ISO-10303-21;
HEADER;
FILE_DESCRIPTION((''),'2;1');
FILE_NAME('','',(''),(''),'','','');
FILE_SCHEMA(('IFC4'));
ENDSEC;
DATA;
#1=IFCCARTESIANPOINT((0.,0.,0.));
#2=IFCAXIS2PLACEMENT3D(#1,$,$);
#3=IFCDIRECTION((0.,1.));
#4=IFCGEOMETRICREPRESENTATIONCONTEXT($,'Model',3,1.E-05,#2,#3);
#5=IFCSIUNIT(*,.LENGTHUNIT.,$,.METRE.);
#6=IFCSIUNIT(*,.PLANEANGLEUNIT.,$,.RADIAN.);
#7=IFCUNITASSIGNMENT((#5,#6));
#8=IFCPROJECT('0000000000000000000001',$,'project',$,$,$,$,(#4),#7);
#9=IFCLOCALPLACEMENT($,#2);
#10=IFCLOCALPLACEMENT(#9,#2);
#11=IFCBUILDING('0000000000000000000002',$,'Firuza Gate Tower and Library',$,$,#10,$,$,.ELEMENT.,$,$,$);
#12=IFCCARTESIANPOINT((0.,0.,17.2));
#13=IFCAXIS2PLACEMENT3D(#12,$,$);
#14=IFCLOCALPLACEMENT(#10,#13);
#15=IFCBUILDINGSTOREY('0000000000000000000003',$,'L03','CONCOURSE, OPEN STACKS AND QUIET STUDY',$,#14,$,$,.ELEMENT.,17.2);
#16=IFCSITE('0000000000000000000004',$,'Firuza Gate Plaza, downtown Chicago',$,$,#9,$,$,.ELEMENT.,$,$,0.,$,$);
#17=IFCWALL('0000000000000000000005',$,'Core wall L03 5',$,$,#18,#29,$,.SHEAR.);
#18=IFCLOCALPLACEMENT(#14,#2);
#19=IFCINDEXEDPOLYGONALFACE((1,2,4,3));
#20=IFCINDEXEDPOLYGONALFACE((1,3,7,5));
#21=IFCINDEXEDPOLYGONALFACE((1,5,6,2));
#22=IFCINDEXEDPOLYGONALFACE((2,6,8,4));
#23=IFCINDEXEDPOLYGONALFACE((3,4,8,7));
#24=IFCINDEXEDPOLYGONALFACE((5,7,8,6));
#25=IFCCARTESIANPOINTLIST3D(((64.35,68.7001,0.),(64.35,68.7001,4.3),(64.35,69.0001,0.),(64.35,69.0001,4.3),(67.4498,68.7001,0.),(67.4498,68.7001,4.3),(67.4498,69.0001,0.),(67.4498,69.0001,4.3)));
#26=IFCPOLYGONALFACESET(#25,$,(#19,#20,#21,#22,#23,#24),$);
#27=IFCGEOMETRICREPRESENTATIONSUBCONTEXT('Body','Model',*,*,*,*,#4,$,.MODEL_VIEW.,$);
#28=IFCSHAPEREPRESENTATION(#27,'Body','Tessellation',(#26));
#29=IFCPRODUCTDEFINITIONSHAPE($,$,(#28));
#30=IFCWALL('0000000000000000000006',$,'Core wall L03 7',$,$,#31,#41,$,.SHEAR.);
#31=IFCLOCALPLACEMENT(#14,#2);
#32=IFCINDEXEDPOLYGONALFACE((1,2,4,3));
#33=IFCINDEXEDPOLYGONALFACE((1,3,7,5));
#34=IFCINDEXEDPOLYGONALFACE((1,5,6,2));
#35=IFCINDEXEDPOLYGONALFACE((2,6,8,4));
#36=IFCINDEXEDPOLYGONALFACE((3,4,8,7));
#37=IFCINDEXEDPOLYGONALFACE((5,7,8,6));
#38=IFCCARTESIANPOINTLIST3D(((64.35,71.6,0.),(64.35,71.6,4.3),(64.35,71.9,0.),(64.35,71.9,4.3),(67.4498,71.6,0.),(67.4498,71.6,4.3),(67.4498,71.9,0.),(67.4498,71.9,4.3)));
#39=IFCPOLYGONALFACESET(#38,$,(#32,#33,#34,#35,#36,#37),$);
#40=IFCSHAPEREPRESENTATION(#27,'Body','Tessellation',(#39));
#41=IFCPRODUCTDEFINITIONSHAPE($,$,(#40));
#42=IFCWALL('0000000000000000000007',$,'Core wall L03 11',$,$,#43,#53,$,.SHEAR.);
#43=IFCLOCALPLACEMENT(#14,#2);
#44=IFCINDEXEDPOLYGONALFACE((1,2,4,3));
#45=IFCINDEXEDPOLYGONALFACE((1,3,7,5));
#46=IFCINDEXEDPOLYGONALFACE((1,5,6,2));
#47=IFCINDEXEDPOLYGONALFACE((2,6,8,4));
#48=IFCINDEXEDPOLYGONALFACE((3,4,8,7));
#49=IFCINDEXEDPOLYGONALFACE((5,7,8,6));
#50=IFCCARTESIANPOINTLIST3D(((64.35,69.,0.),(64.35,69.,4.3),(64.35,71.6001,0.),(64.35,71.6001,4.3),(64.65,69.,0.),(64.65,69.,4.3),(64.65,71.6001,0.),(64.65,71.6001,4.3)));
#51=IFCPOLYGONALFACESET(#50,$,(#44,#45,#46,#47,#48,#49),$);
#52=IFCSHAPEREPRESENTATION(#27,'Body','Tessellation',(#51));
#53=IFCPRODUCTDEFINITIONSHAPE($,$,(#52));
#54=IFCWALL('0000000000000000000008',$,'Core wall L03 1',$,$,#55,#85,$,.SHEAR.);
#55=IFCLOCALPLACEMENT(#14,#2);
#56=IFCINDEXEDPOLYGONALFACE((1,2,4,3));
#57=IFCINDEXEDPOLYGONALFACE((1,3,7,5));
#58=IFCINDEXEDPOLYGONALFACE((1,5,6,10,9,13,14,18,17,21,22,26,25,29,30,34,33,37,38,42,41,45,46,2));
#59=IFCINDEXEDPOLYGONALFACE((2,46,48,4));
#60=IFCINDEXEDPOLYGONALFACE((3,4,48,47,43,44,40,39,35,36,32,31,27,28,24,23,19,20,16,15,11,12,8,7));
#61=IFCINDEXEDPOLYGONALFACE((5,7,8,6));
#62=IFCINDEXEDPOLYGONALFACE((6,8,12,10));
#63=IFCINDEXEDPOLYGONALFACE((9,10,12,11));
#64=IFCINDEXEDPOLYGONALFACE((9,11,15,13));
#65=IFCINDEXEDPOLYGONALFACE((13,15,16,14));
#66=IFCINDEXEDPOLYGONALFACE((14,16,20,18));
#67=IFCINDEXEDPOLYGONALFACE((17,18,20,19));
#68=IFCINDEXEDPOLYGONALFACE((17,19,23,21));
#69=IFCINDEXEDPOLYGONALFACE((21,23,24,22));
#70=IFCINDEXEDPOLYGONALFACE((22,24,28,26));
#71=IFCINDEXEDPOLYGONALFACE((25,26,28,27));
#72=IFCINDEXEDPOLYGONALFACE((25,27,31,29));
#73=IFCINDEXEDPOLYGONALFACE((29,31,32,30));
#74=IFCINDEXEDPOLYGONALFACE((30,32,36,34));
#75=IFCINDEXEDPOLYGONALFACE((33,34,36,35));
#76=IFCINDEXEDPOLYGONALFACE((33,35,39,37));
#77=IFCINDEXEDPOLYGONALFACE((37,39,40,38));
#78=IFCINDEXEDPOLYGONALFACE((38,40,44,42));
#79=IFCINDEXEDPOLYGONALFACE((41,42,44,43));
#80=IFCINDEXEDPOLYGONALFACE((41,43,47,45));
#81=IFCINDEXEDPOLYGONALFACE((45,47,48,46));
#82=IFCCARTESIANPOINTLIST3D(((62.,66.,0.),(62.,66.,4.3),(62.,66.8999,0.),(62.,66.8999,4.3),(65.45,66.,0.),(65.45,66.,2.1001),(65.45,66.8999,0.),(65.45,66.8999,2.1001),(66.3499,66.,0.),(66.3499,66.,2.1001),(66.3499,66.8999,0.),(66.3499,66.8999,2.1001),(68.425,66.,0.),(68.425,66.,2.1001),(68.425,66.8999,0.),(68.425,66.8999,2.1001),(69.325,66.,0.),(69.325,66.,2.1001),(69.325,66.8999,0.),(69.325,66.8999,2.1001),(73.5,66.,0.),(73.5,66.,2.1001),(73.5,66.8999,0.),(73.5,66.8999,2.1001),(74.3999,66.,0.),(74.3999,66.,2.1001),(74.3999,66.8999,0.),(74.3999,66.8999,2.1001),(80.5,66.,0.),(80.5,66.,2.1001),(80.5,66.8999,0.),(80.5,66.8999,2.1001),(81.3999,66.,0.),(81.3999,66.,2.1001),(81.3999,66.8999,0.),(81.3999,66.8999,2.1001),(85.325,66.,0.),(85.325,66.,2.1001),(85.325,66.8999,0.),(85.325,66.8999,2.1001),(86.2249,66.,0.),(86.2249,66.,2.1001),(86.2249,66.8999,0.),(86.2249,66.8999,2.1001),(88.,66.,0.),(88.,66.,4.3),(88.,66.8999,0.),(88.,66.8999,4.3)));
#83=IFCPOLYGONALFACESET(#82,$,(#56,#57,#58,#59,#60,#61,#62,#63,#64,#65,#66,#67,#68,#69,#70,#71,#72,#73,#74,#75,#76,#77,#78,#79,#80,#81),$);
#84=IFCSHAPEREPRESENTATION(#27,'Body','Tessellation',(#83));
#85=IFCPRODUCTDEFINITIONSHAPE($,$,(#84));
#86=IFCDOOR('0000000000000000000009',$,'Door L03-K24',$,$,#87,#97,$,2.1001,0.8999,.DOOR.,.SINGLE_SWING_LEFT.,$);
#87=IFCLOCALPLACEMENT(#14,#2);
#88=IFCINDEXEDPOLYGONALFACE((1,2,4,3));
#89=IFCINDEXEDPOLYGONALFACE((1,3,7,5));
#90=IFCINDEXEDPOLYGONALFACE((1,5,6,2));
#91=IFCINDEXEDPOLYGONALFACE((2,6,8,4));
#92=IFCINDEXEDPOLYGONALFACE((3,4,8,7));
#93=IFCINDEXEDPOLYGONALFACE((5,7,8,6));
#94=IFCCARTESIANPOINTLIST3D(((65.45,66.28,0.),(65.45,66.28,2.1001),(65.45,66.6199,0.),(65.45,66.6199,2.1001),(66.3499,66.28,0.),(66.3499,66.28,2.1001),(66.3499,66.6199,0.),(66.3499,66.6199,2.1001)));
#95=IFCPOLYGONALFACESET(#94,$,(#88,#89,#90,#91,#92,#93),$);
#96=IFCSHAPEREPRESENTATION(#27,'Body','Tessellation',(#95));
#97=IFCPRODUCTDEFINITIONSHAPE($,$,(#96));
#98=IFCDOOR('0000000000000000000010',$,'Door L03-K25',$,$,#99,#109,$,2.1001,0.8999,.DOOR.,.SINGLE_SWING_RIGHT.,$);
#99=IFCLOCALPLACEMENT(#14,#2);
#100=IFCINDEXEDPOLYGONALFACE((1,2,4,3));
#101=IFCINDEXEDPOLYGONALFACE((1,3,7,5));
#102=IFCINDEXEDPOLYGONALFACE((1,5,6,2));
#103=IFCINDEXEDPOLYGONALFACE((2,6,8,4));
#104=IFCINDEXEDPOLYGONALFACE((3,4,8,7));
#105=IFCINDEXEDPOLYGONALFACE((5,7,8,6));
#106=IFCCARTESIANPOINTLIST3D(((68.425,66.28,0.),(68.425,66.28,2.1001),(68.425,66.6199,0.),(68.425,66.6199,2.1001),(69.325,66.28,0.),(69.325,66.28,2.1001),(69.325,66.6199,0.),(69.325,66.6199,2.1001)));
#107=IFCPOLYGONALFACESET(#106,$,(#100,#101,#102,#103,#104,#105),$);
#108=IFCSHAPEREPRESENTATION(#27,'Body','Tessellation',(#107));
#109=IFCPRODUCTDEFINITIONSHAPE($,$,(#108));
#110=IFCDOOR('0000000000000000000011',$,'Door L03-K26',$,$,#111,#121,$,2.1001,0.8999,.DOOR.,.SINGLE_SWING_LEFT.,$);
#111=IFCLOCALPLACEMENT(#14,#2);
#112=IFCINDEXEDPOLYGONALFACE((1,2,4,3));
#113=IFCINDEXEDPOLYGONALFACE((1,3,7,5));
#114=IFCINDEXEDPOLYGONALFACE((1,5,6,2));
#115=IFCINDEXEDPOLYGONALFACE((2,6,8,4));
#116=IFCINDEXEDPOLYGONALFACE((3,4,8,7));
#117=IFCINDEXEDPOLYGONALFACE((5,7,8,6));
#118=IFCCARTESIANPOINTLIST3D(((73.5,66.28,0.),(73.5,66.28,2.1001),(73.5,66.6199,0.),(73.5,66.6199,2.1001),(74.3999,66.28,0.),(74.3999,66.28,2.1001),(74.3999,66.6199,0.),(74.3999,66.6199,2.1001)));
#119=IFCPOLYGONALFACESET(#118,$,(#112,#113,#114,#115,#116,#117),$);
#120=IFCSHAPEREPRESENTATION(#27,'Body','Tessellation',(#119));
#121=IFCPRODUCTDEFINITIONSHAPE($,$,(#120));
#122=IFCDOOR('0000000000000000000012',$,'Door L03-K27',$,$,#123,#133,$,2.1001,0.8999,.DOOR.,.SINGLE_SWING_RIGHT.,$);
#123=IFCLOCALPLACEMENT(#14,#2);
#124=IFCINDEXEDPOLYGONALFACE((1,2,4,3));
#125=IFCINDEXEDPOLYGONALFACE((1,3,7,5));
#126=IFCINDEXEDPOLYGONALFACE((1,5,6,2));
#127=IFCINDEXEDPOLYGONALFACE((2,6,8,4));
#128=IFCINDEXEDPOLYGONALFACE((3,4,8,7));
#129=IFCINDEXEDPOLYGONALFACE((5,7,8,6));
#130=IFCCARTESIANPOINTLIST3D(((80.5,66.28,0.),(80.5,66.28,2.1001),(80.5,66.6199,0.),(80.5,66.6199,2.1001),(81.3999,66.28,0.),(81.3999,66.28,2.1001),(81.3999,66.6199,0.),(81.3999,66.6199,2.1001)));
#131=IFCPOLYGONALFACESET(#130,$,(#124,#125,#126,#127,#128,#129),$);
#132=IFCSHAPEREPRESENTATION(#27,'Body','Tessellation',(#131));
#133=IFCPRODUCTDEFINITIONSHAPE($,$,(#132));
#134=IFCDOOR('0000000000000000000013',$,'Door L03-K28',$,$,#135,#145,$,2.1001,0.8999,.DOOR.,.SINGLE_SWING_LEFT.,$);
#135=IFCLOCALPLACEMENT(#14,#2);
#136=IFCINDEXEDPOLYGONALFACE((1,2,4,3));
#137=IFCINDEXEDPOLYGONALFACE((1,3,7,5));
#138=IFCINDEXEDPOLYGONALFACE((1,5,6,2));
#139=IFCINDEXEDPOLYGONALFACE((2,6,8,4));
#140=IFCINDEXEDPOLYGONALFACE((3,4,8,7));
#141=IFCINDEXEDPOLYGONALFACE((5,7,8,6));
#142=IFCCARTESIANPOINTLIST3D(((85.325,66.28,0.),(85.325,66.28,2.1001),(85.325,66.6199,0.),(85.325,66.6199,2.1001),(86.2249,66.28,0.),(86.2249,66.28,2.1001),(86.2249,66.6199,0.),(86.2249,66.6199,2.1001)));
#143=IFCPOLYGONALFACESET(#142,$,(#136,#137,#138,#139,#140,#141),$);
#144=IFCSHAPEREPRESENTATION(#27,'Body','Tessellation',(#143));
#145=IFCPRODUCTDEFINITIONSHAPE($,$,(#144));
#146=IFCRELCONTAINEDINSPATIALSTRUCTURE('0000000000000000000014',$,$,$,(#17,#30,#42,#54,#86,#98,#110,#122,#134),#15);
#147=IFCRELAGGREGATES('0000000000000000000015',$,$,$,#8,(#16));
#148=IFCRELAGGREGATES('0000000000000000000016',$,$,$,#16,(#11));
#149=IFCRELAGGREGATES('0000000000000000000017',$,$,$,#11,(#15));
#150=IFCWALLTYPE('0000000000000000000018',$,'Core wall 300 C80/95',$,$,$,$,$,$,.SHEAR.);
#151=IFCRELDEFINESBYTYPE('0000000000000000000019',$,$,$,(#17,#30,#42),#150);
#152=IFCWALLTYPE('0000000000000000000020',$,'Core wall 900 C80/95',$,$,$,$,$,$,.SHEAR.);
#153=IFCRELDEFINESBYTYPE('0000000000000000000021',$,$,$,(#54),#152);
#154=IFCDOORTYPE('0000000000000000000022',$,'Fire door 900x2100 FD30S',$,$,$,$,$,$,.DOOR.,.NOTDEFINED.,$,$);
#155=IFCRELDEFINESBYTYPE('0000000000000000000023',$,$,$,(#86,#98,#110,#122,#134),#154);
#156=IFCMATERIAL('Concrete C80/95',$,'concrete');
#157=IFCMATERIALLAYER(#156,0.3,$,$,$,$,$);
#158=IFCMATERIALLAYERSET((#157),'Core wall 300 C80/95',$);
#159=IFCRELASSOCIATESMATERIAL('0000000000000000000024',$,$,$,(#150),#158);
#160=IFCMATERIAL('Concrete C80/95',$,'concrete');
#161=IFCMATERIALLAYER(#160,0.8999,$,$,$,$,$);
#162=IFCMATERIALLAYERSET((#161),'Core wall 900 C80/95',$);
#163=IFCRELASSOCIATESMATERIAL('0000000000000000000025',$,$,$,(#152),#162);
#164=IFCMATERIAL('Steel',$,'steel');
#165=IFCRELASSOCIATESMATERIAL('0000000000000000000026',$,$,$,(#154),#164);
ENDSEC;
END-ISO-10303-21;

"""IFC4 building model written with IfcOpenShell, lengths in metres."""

from ifc_helpers import new_model, si_unit, direction, frame, frame_2d, origin, place, context, subcontext, project, spatial, rectangle, extrude, material, layer, layer_set, type_object, element, fill, save


model = new_model("IFC4")

# Units and contexts
model_context = context("Model", 3, precision=1e-05, world=origin(), true_north=direction((0.0, 1.0)))
body_context = subcontext(model_context, "Body", "Model", "MODEL_VIEW")
ifc_project = project(units=[si_unit("LENGTHUNIT", "METRE"), si_unit("PLANEANGLEUNIT", "RADIAN")], contexts=[model_context])

# Site, building, storey
site_placement = place(None, origin())
site = spatial("IfcSite", under=ifc_project, at=site_placement, Name="Firuza Gate Plaza, downtown Chicago", CompositionType="ELEMENT", RefElevation=0.0)
building_placement = place(site_placement, origin())
building = spatial("IfcBuilding", under=site, at=building_placement, Name="Firuza Gate Tower and Library", CompositionType="ELEMENT")
storey_placement = place(building_placement, frame((0.0, 0.0, 17.2)))
storey = spatial("IfcBuildingStorey", under=building, at=storey_placement, Name="L03", Description="CONCOURSE, OPEN STACKS AND QUIET STUDY", CompositionType="ELEMENT", Elevation=17.2)

# Walls
ifc_material_1 = material(Name="Concrete C80/95", Category="concrete")
ifc_layer_1 = layer(ifc_material_1, 0.3)
ifc_layer_set_1 = layer_set([ifc_layer_1], Name="Core wall 300 C80/95")
wall_type_1 = type_object("IfcWallType", Name="Core wall 300 C80/95", PredefinedType="SHEAR", material=ifc_layer_set_1)
for number, where, z_axis, x_axis, name in (
    (1, (64.3501, 68.8501, 0.0), (0.0, 0.0, 1.0), (1.0, 0.0, 0.0), "Core wall L03 5"),
    (2, (64.3501, 71.75, 0.0), (0.0, 0.0, 1.0), (1.0, 0.0, 0.0), "Core wall L03 7"),
):
    element("IfcWall", number, at=place(storey_placement, frame(where, z_axis=z_axis, x_axis=x_axis)), inside=storey, type_object=wall_type_1, Name=name, PredefinedType="SHEAR", context=body_context, shape_type="SweptSolid", body=[
        extrude(rectangle(XDim=3.0999, YDim=0.3, at=frame_2d((1.5498, 0.0))), origin(), (0.0, 0.0, 1.0), 4.3),
    ])
wall_1_placement = place(storey_placement, frame((64.5, 69.0, 0.0), z_axis=(0.0, 0.0, 1.0), x_axis=(0.0, 1.0, 0.0)))
element("IfcWall", 3, at=wall_1_placement, inside=storey, type_object=wall_type_1, Name="Core wall L03 11", PredefinedType="SHEAR", context=body_context, shape_type="SweptSolid", body=[
    extrude(rectangle(XDim=2.6001, YDim=0.3, at=frame_2d((1.3, 0.0))), origin(), (0.0, 0.0, 1.0), 4.3),
])

# Wall, openings, doors
ifc_material_2 = material(Name="Concrete C80/95", Category="concrete")
ifc_layer_2 = layer(ifc_material_2, 0.8999)
ifc_layer_set_2 = layer_set([ifc_layer_2], Name="Core wall 900 C80/95")
wall_type_2 = type_object("IfcWallType", Name="Core wall 900 C80/95", PredefinedType="SHEAR", material=ifc_layer_set_2)
wall_2_placement = place(storey_placement, frame((62.0, 66.45, 0.0), z_axis=(0.0, 0.0, 1.0), x_axis=(1.0, 0.0, 0.0)))
wall_2 = element("IfcWall", 4, at=wall_2_placement, inside=storey, type_object=wall_type_2, Name="Core wall L03 1", PredefinedType="SHEAR", context=body_context, shape_type="SweptSolid", body=[
    extrude(rectangle(XDim=26.0, YDim=0.8999, at=frame_2d((13.0, 0.0))), origin(), (0.0, 0.0, 1.0), 4.3),
])
opening_1_placement = place(wall_2_placement, frame((3.45, 0.0, 0.0)))
opening_1 = element("IfcOpeningElement", 5, at=opening_1_placement, cuts=wall_2, PredefinedType="OPENING", context=body_context, shape_type="SweptSolid", body=[
    extrude(rectangle(XDim=0.8999, YDim=2.1001, at=frame_2d((0.45, 1.05))), frame((0.0, 0.46, 0.0), z_axis=(0.0, -1.0, 0.0), x_axis=(1.0, 0.0, 0.0)), (0.0, 0.0, 1.0), 0.9199),
])
opening_2_placement = place(wall_2_placement, frame((6.425, 0.0, 0.0)))
opening_2 = element("IfcOpeningElement", 6, at=opening_2_placement, cuts=wall_2, PredefinedType="OPENING", context=body_context, shape_type="SweptSolid", body=[
    extrude(rectangle(XDim=0.8999, YDim=2.1001, at=frame_2d((0.45, 1.05))), frame((0.0, 0.46, 0.0), z_axis=(0.0, -1.0, 0.0), x_axis=(1.0, 0.0, 0.0)), (0.0, 0.0, 1.0), 0.9199),
])
opening_3_placement = place(wall_2_placement, frame((11.5, 0.0, 0.0)))
opening_3 = element("IfcOpeningElement", 7, at=opening_3_placement, cuts=wall_2, PredefinedType="OPENING", context=body_context, shape_type="SweptSolid", body=[
    extrude(rectangle(XDim=0.8999, YDim=2.1001, at=frame_2d((0.45, 1.05))), frame((0.0, 0.46, 0.0), z_axis=(0.0, -1.0, 0.0), x_axis=(1.0, 0.0, 0.0)), (0.0, 0.0, 1.0), 0.9199),
])
opening_4_placement = place(wall_2_placement, frame((18.5, 0.0, 0.0)))
opening_4 = element("IfcOpeningElement", 8, at=opening_4_placement, cuts=wall_2, PredefinedType="OPENING", context=body_context, shape_type="SweptSolid", body=[
    extrude(rectangle(XDim=0.8999, YDim=2.1001, at=frame_2d((0.45, 1.05))), frame((0.0, 0.46, 0.0), z_axis=(0.0, -1.0, 0.0), x_axis=(1.0, 0.0, 0.0)), (0.0, 0.0, 1.0), 0.9199),
])
opening_5_placement = place(wall_2_placement, frame((23.325, 0.0, 0.0)))
opening_5 = element("IfcOpeningElement", 9, at=opening_5_placement, cuts=wall_2, PredefinedType="OPENING", context=body_context, shape_type="SweptSolid", body=[
    extrude(rectangle(XDim=0.8999, YDim=2.1001, at=frame_2d((0.45, 1.05))), frame((0.0, 0.46, 0.0), z_axis=(0.0, -1.0, 0.0), x_axis=(1.0, 0.0, 0.0)), (0.0, 0.0, 1.0), 0.9199),
])
ifc_material_3 = material(Name="Steel", Category="steel")
door_type_1 = type_object("IfcDoorType", Name="Fire door 900x2100 FD30S", OperationType="NOTDEFINED", PredefinedType="DOOR", material=ifc_material_3)
door_1_placement = place(opening_1_placement, origin())
door_1 = element("IfcDoor", 10, at=door_1_placement, inside=storey, type_object=door_type_1, Name="Door L03-K24", OperationType="SINGLE_SWING_LEFT", OverallHeight=2.1001, OverallWidth=0.8999, PredefinedType="DOOR", context=body_context, shape_type="SweptSolid", body=[
    extrude(rectangle(XDim=0.8999, YDim=2.1001, at=frame_2d((0.45, 1.05))), frame((0.0, 0.1699, 0.0), z_axis=(0.0, -1.0, 0.0), x_axis=(1.0, 0.0, 0.0)), (0.0, 0.0, 1.0), 0.3398),
])
fill(opening_1, door_1)
door_2_placement = place(opening_2_placement, origin())
door_2 = element("IfcDoor", 11, at=door_2_placement, inside=storey, type_object=door_type_1, Name="Door L03-K25", OperationType="SINGLE_SWING_RIGHT", OverallHeight=2.1001, OverallWidth=0.8999, PredefinedType="DOOR", context=body_context, shape_type="SweptSolid", body=[
    extrude(rectangle(XDim=0.8999, YDim=2.1001, at=frame_2d((0.45, 1.05))), frame((0.0, 0.1699, 0.0), z_axis=(0.0, -1.0, 0.0), x_axis=(1.0, 0.0, 0.0)), (0.0, 0.0, 1.0), 0.3398),
])
fill(opening_2, door_2)
door_3_placement = place(opening_3_placement, origin())
door_3 = element("IfcDoor", 12, at=door_3_placement, inside=storey, type_object=door_type_1, Name="Door L03-K26", OperationType="SINGLE_SWING_LEFT", OverallHeight=2.1001, OverallWidth=0.8999, PredefinedType="DOOR", context=body_context, shape_type="SweptSolid", body=[
    extrude(rectangle(XDim=0.8999, YDim=2.1001, at=frame_2d((0.45, 1.05))), frame((0.0, 0.1699, 0.0), z_axis=(0.0, -1.0, 0.0), x_axis=(1.0, 0.0, 0.0)), (0.0, 0.0, 1.0), 0.3398),
])
fill(opening_3, door_3)
door_4_placement = place(opening_4_placement, origin())
door_4 = element("IfcDoor", 13, at=door_4_placement, inside=storey, type_object=door_type_1, Name="Door L03-K27", OperationType="SINGLE_SWING_RIGHT", OverallHeight=2.1001, OverallWidth=0.8999, PredefinedType="DOOR", context=body_context, shape_type="SweptSolid", body=[
    extrude(rectangle(XDim=0.8999, YDim=2.1001, at=frame_2d((0.45, 1.05))), frame((0.0, 0.1699, 0.0), z_axis=(0.0, -1.0, 0.0), x_axis=(1.0, 0.0, 0.0)), (0.0, 0.0, 1.0), 0.3398),
])
fill(opening_4, door_4)
door_5_placement = place(opening_5_placement, origin())
door_5 = element("IfcDoor", 14, at=door_5_placement, inside=storey, type_object=door_type_1, Name="Door L03-K28", OperationType="SINGLE_SWING_LEFT", OverallHeight=2.1001, OverallWidth=0.8999, PredefinedType="DOOR", context=body_context, shape_type="SweptSolid", body=[
    extrude(rectangle(XDim=0.8999, YDim=2.1001, at=frame_2d((0.45, 1.05))), frame((0.0, 0.1699, 0.0), z_axis=(0.0, -1.0, 0.0), x_axis=(1.0, 0.0, 0.0)), (0.0, 0.0, 1.0), 0.3398),
])
fill(opening_5, door_5)

save(model, "model.ifc")
